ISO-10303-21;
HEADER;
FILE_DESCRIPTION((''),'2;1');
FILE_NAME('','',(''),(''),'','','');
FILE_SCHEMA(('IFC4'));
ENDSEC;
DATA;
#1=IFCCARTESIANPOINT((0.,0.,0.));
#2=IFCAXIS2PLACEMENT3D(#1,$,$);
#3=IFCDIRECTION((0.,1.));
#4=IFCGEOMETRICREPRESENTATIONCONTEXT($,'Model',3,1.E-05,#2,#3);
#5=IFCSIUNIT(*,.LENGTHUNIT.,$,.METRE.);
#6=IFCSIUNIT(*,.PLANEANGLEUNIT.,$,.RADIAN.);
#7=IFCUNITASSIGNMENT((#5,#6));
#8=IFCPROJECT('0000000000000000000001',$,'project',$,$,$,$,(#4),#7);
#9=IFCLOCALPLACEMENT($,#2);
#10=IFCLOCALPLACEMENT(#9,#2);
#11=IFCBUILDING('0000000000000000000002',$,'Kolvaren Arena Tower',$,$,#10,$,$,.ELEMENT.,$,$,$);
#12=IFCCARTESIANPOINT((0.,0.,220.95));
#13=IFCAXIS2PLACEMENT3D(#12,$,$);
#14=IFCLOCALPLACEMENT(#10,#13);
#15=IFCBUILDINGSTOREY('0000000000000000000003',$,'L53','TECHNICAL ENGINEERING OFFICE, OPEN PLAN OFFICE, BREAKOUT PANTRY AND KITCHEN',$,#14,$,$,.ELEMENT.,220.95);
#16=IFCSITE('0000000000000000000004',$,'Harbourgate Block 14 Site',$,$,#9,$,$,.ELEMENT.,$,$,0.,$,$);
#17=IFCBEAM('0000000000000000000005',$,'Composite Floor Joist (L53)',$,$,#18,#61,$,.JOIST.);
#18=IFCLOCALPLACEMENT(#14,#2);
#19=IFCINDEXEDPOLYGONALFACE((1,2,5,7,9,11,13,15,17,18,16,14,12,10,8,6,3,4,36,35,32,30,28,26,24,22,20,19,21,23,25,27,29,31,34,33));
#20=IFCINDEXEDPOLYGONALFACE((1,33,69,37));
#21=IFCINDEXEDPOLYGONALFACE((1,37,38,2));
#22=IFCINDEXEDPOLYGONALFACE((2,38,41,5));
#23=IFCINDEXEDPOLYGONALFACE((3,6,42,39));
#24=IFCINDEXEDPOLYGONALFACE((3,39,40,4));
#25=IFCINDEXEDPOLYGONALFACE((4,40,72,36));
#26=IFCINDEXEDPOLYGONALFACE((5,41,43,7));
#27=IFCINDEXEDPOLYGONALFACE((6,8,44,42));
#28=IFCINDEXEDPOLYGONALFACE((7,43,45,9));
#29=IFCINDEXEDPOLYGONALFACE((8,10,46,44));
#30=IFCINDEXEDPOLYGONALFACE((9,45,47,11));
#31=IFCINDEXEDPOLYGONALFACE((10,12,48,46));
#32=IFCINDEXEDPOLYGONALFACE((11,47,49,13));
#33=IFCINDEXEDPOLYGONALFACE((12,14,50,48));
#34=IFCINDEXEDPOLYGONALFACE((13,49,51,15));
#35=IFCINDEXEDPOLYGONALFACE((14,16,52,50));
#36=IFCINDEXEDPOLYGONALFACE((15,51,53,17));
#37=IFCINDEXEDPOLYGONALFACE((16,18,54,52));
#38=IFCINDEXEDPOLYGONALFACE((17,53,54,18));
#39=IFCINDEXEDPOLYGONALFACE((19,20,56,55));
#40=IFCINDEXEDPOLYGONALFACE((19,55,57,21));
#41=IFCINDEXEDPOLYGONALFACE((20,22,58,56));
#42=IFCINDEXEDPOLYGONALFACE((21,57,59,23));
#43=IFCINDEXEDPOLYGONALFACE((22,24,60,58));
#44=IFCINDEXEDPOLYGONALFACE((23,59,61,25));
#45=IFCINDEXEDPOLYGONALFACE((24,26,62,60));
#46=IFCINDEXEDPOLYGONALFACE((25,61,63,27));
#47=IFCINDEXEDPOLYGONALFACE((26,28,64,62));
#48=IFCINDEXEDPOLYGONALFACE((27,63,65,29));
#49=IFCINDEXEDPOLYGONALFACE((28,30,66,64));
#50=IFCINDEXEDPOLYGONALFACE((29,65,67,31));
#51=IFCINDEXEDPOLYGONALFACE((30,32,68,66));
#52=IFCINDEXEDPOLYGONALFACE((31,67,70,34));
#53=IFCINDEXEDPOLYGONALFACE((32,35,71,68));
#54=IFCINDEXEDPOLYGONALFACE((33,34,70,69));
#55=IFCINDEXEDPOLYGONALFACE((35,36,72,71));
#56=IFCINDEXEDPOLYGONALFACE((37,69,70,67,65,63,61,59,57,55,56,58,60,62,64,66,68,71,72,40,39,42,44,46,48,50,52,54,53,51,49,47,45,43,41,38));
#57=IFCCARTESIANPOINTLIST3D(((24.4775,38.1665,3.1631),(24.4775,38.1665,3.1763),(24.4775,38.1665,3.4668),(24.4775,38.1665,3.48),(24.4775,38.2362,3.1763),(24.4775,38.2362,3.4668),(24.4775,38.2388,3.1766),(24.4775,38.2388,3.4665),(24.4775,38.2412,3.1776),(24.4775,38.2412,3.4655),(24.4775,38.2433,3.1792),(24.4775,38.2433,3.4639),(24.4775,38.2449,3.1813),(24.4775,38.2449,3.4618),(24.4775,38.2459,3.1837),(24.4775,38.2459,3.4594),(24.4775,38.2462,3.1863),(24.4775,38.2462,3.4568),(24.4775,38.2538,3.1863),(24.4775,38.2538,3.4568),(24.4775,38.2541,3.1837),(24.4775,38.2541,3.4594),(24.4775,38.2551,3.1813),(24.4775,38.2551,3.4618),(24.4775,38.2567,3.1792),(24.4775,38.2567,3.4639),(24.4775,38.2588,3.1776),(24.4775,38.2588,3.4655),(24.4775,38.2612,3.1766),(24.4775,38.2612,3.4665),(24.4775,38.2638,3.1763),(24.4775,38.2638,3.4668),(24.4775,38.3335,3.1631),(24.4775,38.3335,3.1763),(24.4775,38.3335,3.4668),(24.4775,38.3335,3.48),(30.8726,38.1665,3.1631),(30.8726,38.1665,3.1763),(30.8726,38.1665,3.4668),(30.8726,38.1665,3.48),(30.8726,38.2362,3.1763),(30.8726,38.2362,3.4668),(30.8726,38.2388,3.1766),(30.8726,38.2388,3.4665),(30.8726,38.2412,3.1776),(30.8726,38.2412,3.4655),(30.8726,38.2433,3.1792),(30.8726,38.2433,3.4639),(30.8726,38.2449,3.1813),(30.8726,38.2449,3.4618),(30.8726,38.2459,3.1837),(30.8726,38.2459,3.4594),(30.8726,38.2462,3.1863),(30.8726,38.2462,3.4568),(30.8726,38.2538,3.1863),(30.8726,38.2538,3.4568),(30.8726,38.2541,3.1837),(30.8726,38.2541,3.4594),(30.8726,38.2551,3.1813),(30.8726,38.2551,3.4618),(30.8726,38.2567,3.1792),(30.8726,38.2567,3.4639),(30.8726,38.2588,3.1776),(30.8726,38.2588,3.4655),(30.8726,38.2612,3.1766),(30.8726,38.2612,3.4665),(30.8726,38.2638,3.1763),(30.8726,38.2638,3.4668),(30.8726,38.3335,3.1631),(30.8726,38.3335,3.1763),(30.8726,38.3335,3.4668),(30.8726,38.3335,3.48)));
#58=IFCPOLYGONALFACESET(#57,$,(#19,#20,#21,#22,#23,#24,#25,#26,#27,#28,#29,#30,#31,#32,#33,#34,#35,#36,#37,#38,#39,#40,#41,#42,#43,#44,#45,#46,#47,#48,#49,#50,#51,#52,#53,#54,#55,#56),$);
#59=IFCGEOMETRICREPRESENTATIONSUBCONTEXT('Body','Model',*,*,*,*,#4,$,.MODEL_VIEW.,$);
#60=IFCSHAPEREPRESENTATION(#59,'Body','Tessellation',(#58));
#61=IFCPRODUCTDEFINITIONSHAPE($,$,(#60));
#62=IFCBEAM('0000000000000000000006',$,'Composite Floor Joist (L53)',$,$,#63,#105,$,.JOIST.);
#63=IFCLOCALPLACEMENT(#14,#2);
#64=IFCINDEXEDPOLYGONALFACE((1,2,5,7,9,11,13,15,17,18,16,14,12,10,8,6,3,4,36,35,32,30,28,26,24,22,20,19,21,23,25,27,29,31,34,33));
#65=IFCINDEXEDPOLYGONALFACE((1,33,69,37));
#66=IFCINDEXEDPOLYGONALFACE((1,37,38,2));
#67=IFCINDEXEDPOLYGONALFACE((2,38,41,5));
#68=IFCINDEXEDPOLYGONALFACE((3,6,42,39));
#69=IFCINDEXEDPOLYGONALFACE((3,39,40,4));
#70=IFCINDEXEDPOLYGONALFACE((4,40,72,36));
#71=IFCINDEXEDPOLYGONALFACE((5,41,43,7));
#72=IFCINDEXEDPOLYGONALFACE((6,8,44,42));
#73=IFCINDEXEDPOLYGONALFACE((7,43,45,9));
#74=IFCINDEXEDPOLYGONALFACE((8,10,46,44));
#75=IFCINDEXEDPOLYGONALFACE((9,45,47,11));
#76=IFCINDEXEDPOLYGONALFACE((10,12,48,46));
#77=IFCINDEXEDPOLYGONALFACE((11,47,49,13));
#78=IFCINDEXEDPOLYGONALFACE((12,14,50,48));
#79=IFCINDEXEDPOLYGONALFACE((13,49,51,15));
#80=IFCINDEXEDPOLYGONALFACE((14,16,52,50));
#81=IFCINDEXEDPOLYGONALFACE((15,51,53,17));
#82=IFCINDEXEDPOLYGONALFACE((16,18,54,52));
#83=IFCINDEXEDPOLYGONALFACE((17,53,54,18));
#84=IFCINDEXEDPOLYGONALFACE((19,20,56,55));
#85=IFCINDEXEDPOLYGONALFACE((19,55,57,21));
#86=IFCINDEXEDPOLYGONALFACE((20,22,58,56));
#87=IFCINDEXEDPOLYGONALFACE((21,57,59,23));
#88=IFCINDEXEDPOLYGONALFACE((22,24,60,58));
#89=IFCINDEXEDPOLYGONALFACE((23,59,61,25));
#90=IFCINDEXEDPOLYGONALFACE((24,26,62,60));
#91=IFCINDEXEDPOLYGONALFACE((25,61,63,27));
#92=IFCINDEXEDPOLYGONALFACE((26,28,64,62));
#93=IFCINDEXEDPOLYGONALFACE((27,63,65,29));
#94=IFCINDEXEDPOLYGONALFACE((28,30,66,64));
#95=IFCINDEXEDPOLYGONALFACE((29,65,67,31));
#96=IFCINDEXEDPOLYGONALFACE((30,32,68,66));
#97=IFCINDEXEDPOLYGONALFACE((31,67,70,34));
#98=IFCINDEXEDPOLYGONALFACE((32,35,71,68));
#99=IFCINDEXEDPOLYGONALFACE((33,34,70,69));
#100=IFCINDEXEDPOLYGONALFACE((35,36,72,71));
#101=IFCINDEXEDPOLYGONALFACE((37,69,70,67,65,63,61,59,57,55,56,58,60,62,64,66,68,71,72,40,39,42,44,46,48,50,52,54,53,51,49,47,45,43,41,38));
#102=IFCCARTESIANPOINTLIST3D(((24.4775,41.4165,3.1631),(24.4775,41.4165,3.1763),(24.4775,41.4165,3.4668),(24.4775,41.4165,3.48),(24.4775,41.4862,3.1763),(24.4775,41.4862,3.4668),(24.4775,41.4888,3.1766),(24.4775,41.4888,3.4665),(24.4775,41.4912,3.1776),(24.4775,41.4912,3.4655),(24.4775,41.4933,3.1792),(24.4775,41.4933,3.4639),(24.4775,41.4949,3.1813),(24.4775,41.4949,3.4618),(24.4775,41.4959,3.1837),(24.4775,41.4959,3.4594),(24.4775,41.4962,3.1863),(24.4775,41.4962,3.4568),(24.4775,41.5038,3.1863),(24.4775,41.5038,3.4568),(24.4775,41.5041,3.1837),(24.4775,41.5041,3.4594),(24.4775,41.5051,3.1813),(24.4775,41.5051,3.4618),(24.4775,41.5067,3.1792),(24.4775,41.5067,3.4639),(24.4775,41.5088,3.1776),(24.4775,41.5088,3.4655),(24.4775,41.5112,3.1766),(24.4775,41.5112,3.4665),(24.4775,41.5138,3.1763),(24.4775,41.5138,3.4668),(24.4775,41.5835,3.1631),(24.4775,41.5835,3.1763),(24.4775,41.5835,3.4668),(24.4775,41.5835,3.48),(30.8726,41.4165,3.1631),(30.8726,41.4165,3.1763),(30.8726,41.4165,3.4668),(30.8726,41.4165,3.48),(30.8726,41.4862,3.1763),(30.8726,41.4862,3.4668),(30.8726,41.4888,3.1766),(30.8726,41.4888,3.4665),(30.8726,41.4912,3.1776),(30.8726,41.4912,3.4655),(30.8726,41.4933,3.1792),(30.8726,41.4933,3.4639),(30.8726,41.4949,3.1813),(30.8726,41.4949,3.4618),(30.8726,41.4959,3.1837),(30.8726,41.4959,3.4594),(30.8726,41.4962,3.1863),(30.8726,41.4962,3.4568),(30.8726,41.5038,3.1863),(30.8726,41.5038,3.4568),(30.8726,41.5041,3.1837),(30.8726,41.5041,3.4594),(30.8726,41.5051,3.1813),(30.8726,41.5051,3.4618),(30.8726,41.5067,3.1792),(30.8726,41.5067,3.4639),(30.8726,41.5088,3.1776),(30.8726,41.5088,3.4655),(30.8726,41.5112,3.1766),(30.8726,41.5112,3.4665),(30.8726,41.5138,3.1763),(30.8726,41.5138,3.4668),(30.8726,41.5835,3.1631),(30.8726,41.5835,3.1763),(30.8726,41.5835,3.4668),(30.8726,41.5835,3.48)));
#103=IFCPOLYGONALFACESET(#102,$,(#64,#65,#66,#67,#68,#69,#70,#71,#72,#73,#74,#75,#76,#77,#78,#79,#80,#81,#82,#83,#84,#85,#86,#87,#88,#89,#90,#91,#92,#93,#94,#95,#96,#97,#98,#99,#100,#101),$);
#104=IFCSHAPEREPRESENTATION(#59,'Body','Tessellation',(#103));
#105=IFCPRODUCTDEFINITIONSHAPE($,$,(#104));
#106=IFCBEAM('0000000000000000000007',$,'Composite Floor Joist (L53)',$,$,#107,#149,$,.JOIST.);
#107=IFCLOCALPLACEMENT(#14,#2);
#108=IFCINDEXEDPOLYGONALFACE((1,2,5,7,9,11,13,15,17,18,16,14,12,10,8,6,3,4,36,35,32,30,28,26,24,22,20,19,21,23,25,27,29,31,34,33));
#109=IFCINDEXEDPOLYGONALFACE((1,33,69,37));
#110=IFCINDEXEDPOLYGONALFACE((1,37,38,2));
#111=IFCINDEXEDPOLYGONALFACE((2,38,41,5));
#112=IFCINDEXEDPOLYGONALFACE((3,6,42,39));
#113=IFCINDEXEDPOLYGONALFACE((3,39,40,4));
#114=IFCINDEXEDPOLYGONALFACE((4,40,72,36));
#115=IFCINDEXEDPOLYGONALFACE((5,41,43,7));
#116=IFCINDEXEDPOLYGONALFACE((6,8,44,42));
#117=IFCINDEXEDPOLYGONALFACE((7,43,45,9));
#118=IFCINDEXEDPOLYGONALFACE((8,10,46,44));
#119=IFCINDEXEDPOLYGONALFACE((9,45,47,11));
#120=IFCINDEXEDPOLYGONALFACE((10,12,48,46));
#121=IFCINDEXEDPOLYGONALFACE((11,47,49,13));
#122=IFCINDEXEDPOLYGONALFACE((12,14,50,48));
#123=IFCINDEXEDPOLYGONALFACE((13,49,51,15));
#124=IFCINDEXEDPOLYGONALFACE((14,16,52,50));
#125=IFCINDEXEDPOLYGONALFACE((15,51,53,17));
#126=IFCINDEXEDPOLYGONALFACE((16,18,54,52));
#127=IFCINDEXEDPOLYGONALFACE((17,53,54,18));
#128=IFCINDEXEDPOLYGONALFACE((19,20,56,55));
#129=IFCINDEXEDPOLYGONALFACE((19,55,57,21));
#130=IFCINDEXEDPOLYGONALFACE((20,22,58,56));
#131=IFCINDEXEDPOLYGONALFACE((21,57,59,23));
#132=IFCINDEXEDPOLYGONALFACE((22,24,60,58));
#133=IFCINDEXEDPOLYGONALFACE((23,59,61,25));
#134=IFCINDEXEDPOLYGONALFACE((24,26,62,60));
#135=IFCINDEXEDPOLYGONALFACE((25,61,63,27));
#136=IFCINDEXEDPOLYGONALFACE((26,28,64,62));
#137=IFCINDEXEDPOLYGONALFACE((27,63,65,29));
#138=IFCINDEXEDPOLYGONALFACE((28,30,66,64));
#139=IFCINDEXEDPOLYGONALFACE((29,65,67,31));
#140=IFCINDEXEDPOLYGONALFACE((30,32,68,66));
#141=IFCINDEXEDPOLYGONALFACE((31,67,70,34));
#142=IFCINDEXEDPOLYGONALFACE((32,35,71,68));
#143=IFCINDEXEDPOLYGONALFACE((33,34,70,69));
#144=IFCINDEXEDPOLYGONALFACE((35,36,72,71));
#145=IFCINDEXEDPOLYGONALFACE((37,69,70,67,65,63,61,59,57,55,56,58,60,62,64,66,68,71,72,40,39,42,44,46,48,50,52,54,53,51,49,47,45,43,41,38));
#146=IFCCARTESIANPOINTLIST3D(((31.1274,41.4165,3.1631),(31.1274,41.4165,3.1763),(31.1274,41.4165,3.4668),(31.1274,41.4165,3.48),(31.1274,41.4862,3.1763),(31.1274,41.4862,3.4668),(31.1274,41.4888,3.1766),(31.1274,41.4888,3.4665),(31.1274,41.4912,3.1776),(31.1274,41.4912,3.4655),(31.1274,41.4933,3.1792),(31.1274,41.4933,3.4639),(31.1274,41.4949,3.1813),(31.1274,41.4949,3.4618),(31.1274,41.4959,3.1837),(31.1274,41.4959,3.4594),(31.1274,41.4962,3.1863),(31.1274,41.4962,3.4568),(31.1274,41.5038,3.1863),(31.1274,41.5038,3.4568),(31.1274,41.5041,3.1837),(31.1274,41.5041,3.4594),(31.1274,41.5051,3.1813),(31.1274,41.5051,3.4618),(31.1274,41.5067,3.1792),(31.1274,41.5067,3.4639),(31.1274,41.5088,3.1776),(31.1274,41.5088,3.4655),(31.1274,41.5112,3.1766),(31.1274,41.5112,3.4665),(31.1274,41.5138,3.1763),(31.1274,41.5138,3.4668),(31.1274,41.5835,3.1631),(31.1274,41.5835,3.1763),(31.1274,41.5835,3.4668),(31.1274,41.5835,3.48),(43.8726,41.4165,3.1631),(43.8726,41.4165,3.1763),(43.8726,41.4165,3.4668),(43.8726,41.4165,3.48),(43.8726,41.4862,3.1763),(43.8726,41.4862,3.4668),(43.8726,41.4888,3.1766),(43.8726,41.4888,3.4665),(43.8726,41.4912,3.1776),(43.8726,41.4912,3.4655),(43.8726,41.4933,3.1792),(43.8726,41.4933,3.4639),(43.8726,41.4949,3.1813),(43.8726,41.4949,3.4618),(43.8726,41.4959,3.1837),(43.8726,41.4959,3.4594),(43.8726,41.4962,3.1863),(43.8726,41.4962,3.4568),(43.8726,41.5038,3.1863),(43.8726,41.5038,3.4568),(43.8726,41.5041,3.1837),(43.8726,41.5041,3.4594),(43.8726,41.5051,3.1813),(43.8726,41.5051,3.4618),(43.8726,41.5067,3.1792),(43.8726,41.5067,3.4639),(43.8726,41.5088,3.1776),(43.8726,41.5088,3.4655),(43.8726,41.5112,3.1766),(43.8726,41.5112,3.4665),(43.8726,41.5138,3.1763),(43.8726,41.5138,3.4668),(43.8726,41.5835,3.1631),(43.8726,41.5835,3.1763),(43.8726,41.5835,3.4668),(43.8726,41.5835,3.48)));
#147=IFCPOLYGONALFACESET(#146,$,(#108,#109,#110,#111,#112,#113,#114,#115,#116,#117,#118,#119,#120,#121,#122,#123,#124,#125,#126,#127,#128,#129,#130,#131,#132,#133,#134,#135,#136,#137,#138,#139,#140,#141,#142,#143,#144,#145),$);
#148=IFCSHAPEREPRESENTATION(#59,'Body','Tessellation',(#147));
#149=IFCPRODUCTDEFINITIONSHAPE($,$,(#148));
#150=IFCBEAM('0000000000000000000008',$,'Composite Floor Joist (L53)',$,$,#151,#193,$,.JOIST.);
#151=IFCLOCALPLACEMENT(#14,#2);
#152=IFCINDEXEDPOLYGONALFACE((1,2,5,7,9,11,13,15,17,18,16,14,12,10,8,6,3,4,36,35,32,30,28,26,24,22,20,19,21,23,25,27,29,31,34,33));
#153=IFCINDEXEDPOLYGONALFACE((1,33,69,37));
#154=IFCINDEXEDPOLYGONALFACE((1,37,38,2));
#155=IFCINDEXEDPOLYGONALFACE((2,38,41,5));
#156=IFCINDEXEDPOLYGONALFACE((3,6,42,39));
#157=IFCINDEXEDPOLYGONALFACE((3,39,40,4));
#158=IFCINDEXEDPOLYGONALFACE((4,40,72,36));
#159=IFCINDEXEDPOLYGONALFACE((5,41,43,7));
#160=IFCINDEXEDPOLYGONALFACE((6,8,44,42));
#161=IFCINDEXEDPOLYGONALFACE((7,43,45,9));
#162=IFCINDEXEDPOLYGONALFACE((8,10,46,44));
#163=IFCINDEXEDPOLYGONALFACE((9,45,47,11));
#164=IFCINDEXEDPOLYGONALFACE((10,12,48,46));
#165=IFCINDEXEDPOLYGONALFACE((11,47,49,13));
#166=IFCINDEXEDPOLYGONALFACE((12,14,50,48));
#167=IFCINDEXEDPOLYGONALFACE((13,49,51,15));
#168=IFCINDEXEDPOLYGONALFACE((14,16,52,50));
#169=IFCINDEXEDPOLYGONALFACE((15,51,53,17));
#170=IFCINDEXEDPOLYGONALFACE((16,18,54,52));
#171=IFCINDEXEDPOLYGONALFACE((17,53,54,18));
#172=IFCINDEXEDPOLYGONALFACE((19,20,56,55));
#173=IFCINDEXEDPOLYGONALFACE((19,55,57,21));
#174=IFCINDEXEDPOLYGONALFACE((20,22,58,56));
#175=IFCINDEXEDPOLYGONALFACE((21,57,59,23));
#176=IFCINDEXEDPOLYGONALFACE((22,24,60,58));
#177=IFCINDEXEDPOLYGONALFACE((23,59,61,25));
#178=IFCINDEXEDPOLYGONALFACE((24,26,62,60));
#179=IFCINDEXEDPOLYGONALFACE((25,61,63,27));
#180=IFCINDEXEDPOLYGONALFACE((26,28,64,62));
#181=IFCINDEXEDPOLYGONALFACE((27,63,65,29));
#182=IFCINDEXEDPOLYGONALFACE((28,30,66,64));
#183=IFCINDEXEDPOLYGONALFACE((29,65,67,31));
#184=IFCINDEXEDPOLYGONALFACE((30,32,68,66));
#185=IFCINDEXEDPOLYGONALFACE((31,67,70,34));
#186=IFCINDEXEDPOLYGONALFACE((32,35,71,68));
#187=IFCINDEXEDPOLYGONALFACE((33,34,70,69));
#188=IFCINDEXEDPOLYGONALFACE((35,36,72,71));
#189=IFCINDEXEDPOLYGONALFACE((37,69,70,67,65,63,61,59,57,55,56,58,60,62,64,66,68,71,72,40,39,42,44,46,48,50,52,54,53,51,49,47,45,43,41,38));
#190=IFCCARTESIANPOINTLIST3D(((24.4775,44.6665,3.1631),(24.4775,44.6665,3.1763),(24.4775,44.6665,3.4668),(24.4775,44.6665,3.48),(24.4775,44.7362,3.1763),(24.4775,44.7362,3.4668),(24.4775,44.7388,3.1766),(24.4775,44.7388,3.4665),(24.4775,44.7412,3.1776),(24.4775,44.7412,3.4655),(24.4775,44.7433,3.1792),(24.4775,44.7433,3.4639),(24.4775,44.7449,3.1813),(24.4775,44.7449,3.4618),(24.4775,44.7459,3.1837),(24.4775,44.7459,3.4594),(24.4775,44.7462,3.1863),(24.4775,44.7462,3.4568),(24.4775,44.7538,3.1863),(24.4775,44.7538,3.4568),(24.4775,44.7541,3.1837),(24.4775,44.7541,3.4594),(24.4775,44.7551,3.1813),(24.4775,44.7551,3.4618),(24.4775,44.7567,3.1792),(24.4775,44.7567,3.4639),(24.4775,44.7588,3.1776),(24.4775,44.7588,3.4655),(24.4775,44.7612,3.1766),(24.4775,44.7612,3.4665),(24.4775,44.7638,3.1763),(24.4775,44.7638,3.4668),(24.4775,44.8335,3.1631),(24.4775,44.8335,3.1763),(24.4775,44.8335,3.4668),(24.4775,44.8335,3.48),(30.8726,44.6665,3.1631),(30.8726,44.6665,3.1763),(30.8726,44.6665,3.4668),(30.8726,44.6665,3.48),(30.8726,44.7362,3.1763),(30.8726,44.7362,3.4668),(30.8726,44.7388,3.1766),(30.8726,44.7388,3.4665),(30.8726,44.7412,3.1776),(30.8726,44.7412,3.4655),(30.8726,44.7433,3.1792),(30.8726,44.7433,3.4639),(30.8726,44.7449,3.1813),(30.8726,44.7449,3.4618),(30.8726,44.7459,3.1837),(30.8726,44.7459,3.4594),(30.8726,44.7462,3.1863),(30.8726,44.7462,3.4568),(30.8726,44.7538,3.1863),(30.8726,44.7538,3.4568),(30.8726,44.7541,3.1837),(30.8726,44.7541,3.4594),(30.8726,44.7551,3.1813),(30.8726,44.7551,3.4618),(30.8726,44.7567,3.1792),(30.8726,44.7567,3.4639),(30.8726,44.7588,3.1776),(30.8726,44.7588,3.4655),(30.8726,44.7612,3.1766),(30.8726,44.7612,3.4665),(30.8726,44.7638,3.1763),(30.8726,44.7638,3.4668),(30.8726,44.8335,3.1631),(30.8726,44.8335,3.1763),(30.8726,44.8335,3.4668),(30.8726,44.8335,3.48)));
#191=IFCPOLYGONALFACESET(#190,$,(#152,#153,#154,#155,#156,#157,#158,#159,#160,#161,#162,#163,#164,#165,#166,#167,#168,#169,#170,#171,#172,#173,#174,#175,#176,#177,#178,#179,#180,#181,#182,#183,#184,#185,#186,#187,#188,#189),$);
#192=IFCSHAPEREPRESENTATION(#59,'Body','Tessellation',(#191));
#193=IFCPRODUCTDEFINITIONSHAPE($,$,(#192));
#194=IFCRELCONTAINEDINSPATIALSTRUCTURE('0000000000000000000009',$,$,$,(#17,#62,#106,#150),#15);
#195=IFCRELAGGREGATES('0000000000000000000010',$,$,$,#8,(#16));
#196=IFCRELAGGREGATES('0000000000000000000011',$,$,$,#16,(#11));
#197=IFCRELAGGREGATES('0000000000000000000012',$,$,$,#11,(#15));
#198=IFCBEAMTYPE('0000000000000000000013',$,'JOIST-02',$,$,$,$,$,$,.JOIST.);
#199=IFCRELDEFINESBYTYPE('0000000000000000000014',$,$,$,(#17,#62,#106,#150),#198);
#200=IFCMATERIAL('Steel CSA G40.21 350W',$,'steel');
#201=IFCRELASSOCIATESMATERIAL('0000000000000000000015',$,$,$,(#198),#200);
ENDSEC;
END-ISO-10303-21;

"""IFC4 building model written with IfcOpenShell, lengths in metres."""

from ifc_helpers import new_model, si_unit, direction, frame, origin, origin_2d, place, context, subcontext, project, spatial, i_section, extrude, material, material_profile, profile_set, type_object, element, save


model = new_model("IFC4")

# Units and contexts
model_context = context("Model", 3, precision=1e-05, world=origin(), true_north=direction((0.0, 1.0)))
body_context = subcontext(model_context, "Body", "Model", "MODEL_VIEW")
ifc_project = project(units=[si_unit("LENGTHUNIT", "METRE"), si_unit("PLANEANGLEUNIT", "RADIAN")], contexts=[model_context])

# Site, building, storey
site_placement = place(None, origin())
site = spatial("IfcSite", under=ifc_project, at=site_placement, Name="Harbourgate Block 14 Site", CompositionType="ELEMENT", RefElevation=0.0)
building_placement = place(site_placement, origin())
building = spatial("IfcBuilding", under=site, at=building_placement, Name="Kolvaren Arena Tower", CompositionType="ELEMENT")
storey_placement = place(building_placement, frame((0.0, 0.0, 220.95)))
storey = spatial("IfcBuildingStorey", under=building, at=storey_placement, Name="L53", Description="TECHNICAL ENGINEERING OFFICE, OPEN PLAN OFFICE, BREAKOUT PANTRY AND KITCHEN", CompositionType="ELEMENT", Elevation=220.95)

# Beams
ifc_material_1 = material(Name="Steel CSA G40.21 350W", Category="steel")
ifc_material_profile_1 = material_profile(ifc_material_1, i_section(OverallWidth=0.167, OverallDepth=0.3169, WebThickness=0.0076, FlangeThickness=0.0132, FilletRadius=0.01, at=origin_2d()), Name="W310x52")
ifc_profile_set_1 = profile_set([ifc_material_profile_1], Name="Steel CSA G40.21 350W")
beam_type_1 = type_object("IfcBeamType", Name="JOIST-02", PredefinedType="JOIST", material=ifc_profile_set_1)
for number, where, z_axis, x_axis, name in (
    (1, (24.4775, 38.25, 3.3215), (1.0, 0.0, 0.0), (0.0, 1.0, 0.0), "Composite Floor Joist (L53)"),
    (2, (24.4775, 41.5, 3.3215), (1.0, 0.0, 0.0), (0.0, 1.0, 0.0), "Composite Floor Joist (L53)"),
):
    element("IfcBeam", number, at=place(storey_placement, frame(where, z_axis=z_axis, x_axis=x_axis)), inside=storey, type_object=beam_type_1, Name=name, PredefinedType="JOIST", context=body_context, shape_type="SweptSolid", body=[
        extrude(i_section(OverallWidth=0.167, OverallDepth=0.3169, WebThickness=0.0076, FlangeThickness=0.0132, FilletRadius=0.01, at=origin_2d()), origin(), (0.0, 0.0, 1.0), 6.395),
    ])
beam_1_placement = place(storey_placement, frame((31.1274, 41.5, 3.3215), z_axis=(1.0, 0.0, 0.0), x_axis=(0.0, 1.0, 0.0)))
element("IfcBeam", 3, at=beam_1_placement, inside=storey, type_object=beam_type_1, Name="Composite Floor Joist (L53)", PredefinedType="JOIST", context=body_context, shape_type="SweptSolid", body=[
    extrude(i_section(OverallWidth=0.167, OverallDepth=0.3169, WebThickness=0.0076, FlangeThickness=0.0132, FilletRadius=0.01, at=origin_2d()), origin(), (0.0, 0.0, 1.0), 12.7451),
])
beam_2_placement = place(storey_placement, frame((24.4775, 44.75, 3.3215), z_axis=(1.0, 0.0, 0.0), x_axis=(0.0, 1.0, 0.0)))
element("IfcBeam", 4, at=beam_2_placement, inside=storey, type_object=beam_type_1, Name="Composite Floor Joist (L53)", PredefinedType="JOIST", context=body_context, shape_type="SweptSolid", body=[
    extrude(i_section(OverallWidth=0.167, OverallDepth=0.3169, WebThickness=0.0076, FlangeThickness=0.0132, FilletRadius=0.01, at=origin_2d()), origin(), (0.0, 0.0, 1.0), 6.395),
])

save(model, "model.ifc")
